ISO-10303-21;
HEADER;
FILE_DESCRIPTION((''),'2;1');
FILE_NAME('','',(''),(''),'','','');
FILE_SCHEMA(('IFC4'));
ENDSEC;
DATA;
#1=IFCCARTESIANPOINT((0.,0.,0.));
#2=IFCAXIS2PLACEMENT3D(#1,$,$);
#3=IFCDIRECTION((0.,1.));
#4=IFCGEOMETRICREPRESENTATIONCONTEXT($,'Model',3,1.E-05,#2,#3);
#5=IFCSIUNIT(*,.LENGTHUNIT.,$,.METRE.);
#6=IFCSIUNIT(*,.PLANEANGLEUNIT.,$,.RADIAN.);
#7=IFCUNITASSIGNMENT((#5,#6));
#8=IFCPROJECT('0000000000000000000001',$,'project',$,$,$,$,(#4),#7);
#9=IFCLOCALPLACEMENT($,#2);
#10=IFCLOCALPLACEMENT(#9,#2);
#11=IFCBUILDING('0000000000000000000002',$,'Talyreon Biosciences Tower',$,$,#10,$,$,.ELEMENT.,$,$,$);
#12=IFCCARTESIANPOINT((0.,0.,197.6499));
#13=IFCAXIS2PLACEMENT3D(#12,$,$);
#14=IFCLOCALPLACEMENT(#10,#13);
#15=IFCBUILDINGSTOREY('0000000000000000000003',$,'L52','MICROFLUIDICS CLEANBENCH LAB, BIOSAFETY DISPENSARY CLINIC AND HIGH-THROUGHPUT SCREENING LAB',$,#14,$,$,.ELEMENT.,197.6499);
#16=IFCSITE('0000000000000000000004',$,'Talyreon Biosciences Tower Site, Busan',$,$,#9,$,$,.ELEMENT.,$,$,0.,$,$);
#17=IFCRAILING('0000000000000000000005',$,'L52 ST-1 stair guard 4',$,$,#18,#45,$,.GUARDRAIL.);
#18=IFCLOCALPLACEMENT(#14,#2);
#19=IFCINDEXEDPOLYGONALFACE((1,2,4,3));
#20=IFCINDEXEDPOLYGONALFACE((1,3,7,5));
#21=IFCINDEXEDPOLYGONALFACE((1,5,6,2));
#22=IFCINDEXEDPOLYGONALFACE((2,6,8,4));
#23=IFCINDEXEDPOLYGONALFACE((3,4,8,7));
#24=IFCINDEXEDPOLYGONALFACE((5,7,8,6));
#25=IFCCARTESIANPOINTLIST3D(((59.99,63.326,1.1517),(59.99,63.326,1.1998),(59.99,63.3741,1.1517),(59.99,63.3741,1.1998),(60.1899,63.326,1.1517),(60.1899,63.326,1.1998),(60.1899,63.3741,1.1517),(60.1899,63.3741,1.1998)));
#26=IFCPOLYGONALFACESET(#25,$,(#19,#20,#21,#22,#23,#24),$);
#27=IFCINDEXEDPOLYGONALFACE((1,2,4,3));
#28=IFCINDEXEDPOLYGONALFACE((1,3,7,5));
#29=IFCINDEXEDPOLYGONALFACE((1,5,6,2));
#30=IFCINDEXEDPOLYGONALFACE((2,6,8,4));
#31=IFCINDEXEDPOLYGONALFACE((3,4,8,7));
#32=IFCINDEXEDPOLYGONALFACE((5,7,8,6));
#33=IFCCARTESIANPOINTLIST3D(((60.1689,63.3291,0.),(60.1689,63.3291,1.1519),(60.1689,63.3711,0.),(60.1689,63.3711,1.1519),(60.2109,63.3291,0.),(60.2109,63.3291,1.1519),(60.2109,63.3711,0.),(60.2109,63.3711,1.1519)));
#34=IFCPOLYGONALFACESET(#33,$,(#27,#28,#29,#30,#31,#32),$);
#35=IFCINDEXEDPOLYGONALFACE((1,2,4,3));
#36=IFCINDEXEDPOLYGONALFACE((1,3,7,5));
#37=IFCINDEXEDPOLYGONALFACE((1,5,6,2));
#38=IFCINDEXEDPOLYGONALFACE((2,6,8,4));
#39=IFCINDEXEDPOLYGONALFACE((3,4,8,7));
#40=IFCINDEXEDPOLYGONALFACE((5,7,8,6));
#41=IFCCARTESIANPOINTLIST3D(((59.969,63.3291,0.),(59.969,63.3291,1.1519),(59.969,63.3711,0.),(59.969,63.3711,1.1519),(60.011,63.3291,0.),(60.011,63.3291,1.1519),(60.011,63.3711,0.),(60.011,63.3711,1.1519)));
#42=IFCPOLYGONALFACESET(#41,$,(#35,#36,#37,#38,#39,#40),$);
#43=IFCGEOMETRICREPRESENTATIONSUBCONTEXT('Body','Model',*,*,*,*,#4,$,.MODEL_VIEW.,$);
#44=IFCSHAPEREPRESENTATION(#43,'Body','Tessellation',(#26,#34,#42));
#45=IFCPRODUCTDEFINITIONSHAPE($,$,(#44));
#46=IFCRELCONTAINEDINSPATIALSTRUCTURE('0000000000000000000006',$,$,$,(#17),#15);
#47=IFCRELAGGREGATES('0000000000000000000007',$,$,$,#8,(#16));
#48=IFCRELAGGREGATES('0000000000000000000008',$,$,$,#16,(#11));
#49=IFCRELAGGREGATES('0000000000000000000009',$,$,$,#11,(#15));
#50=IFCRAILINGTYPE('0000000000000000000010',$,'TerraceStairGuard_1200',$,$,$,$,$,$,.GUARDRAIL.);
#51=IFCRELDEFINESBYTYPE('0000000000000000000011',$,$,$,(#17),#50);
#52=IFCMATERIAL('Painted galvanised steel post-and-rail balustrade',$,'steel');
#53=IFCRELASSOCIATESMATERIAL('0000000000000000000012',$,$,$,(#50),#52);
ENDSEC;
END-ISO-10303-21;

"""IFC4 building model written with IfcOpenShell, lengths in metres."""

from ifc_helpers import new_model, si_unit, direction, frame, origin, origin_2d, place, context, subcontext, project, spatial, rectangle, extrude, material, type_object, element, save


model = new_model("IFC4")

# Units and contexts
model_context = context("Model", 3, precision=1e-05, world=origin(), true_north=direction((0.0, 1.0)))
body_context = subcontext(model_context, "Body", "Model", "MODEL_VIEW")
ifc_project = project(units=[si_unit("LENGTHUNIT", "METRE"), si_unit("PLANEANGLEUNIT", "RADIAN")], contexts=[model_context])

# Site, building, storey
site_placement = place(None, origin())
site = spatial("IfcSite", under=ifc_project, at=site_placement, Name="Talyreon Biosciences Tower Site, Busan", CompositionType="ELEMENT", RefElevation=0.0)
building_placement = place(site_placement, origin())
building = spatial("IfcBuilding", under=site, at=building_placement, Name="Talyreon Biosciences Tower", CompositionType="ELEMENT")
storey_placement = place(building_placement, frame((0.0, 0.0, 197.6499)))
storey = spatial("IfcBuildingStorey", under=building, at=storey_placement, Name="L52", Description="MICROFLUIDICS CLEANBENCH LAB, BIOSAFETY DISPENSARY CLINIC AND HIGH-THROUGHPUT SCREENING LAB", CompositionType="ELEMENT", Elevation=197.6499)

# Railing
ifc_material_1 = material(Name="Painted galvanised steel post-and-rail balustrade", Category="steel")
railing_type_1 = type_object("IfcRailingType", Name="TerraceStairGuard_1200", PredefinedType="GUARDRAIL", material=ifc_material_1)
railing_1_placement = place(storey_placement, frame((60.1899, 63.3501, 0.0)))
element("IfcRailing", 1, at=railing_1_placement, inside=storey, type_object=railing_type_1, Name="L52 ST-1 stair guard 4", PredefinedType="GUARDRAIL", context=body_context, shape_type="SweptSolid", body=[
    extrude(rectangle(XDim=0.0481, YDim=0.0481, at=origin_2d()), frame((0.0, 0.0, 1.1758), z_axis=(-1.0, 0.0, 0.0), x_axis=(0.0, -1.0, 0.0)), (0.0, 0.0, 1.0), 0.2),
    extrude(rectangle(XDim=0.042, YDim=0.042, at=origin_2d()), origin(), (0.0, 0.0, 1.0), 1.1519),
    extrude(rectangle(XDim=0.042, YDim=0.042, at=origin_2d()), frame((-0.2, 0.0, 0.0)), (0.0, 0.0, 1.0), 1.1519),
])

save(model, "model.ifc")
